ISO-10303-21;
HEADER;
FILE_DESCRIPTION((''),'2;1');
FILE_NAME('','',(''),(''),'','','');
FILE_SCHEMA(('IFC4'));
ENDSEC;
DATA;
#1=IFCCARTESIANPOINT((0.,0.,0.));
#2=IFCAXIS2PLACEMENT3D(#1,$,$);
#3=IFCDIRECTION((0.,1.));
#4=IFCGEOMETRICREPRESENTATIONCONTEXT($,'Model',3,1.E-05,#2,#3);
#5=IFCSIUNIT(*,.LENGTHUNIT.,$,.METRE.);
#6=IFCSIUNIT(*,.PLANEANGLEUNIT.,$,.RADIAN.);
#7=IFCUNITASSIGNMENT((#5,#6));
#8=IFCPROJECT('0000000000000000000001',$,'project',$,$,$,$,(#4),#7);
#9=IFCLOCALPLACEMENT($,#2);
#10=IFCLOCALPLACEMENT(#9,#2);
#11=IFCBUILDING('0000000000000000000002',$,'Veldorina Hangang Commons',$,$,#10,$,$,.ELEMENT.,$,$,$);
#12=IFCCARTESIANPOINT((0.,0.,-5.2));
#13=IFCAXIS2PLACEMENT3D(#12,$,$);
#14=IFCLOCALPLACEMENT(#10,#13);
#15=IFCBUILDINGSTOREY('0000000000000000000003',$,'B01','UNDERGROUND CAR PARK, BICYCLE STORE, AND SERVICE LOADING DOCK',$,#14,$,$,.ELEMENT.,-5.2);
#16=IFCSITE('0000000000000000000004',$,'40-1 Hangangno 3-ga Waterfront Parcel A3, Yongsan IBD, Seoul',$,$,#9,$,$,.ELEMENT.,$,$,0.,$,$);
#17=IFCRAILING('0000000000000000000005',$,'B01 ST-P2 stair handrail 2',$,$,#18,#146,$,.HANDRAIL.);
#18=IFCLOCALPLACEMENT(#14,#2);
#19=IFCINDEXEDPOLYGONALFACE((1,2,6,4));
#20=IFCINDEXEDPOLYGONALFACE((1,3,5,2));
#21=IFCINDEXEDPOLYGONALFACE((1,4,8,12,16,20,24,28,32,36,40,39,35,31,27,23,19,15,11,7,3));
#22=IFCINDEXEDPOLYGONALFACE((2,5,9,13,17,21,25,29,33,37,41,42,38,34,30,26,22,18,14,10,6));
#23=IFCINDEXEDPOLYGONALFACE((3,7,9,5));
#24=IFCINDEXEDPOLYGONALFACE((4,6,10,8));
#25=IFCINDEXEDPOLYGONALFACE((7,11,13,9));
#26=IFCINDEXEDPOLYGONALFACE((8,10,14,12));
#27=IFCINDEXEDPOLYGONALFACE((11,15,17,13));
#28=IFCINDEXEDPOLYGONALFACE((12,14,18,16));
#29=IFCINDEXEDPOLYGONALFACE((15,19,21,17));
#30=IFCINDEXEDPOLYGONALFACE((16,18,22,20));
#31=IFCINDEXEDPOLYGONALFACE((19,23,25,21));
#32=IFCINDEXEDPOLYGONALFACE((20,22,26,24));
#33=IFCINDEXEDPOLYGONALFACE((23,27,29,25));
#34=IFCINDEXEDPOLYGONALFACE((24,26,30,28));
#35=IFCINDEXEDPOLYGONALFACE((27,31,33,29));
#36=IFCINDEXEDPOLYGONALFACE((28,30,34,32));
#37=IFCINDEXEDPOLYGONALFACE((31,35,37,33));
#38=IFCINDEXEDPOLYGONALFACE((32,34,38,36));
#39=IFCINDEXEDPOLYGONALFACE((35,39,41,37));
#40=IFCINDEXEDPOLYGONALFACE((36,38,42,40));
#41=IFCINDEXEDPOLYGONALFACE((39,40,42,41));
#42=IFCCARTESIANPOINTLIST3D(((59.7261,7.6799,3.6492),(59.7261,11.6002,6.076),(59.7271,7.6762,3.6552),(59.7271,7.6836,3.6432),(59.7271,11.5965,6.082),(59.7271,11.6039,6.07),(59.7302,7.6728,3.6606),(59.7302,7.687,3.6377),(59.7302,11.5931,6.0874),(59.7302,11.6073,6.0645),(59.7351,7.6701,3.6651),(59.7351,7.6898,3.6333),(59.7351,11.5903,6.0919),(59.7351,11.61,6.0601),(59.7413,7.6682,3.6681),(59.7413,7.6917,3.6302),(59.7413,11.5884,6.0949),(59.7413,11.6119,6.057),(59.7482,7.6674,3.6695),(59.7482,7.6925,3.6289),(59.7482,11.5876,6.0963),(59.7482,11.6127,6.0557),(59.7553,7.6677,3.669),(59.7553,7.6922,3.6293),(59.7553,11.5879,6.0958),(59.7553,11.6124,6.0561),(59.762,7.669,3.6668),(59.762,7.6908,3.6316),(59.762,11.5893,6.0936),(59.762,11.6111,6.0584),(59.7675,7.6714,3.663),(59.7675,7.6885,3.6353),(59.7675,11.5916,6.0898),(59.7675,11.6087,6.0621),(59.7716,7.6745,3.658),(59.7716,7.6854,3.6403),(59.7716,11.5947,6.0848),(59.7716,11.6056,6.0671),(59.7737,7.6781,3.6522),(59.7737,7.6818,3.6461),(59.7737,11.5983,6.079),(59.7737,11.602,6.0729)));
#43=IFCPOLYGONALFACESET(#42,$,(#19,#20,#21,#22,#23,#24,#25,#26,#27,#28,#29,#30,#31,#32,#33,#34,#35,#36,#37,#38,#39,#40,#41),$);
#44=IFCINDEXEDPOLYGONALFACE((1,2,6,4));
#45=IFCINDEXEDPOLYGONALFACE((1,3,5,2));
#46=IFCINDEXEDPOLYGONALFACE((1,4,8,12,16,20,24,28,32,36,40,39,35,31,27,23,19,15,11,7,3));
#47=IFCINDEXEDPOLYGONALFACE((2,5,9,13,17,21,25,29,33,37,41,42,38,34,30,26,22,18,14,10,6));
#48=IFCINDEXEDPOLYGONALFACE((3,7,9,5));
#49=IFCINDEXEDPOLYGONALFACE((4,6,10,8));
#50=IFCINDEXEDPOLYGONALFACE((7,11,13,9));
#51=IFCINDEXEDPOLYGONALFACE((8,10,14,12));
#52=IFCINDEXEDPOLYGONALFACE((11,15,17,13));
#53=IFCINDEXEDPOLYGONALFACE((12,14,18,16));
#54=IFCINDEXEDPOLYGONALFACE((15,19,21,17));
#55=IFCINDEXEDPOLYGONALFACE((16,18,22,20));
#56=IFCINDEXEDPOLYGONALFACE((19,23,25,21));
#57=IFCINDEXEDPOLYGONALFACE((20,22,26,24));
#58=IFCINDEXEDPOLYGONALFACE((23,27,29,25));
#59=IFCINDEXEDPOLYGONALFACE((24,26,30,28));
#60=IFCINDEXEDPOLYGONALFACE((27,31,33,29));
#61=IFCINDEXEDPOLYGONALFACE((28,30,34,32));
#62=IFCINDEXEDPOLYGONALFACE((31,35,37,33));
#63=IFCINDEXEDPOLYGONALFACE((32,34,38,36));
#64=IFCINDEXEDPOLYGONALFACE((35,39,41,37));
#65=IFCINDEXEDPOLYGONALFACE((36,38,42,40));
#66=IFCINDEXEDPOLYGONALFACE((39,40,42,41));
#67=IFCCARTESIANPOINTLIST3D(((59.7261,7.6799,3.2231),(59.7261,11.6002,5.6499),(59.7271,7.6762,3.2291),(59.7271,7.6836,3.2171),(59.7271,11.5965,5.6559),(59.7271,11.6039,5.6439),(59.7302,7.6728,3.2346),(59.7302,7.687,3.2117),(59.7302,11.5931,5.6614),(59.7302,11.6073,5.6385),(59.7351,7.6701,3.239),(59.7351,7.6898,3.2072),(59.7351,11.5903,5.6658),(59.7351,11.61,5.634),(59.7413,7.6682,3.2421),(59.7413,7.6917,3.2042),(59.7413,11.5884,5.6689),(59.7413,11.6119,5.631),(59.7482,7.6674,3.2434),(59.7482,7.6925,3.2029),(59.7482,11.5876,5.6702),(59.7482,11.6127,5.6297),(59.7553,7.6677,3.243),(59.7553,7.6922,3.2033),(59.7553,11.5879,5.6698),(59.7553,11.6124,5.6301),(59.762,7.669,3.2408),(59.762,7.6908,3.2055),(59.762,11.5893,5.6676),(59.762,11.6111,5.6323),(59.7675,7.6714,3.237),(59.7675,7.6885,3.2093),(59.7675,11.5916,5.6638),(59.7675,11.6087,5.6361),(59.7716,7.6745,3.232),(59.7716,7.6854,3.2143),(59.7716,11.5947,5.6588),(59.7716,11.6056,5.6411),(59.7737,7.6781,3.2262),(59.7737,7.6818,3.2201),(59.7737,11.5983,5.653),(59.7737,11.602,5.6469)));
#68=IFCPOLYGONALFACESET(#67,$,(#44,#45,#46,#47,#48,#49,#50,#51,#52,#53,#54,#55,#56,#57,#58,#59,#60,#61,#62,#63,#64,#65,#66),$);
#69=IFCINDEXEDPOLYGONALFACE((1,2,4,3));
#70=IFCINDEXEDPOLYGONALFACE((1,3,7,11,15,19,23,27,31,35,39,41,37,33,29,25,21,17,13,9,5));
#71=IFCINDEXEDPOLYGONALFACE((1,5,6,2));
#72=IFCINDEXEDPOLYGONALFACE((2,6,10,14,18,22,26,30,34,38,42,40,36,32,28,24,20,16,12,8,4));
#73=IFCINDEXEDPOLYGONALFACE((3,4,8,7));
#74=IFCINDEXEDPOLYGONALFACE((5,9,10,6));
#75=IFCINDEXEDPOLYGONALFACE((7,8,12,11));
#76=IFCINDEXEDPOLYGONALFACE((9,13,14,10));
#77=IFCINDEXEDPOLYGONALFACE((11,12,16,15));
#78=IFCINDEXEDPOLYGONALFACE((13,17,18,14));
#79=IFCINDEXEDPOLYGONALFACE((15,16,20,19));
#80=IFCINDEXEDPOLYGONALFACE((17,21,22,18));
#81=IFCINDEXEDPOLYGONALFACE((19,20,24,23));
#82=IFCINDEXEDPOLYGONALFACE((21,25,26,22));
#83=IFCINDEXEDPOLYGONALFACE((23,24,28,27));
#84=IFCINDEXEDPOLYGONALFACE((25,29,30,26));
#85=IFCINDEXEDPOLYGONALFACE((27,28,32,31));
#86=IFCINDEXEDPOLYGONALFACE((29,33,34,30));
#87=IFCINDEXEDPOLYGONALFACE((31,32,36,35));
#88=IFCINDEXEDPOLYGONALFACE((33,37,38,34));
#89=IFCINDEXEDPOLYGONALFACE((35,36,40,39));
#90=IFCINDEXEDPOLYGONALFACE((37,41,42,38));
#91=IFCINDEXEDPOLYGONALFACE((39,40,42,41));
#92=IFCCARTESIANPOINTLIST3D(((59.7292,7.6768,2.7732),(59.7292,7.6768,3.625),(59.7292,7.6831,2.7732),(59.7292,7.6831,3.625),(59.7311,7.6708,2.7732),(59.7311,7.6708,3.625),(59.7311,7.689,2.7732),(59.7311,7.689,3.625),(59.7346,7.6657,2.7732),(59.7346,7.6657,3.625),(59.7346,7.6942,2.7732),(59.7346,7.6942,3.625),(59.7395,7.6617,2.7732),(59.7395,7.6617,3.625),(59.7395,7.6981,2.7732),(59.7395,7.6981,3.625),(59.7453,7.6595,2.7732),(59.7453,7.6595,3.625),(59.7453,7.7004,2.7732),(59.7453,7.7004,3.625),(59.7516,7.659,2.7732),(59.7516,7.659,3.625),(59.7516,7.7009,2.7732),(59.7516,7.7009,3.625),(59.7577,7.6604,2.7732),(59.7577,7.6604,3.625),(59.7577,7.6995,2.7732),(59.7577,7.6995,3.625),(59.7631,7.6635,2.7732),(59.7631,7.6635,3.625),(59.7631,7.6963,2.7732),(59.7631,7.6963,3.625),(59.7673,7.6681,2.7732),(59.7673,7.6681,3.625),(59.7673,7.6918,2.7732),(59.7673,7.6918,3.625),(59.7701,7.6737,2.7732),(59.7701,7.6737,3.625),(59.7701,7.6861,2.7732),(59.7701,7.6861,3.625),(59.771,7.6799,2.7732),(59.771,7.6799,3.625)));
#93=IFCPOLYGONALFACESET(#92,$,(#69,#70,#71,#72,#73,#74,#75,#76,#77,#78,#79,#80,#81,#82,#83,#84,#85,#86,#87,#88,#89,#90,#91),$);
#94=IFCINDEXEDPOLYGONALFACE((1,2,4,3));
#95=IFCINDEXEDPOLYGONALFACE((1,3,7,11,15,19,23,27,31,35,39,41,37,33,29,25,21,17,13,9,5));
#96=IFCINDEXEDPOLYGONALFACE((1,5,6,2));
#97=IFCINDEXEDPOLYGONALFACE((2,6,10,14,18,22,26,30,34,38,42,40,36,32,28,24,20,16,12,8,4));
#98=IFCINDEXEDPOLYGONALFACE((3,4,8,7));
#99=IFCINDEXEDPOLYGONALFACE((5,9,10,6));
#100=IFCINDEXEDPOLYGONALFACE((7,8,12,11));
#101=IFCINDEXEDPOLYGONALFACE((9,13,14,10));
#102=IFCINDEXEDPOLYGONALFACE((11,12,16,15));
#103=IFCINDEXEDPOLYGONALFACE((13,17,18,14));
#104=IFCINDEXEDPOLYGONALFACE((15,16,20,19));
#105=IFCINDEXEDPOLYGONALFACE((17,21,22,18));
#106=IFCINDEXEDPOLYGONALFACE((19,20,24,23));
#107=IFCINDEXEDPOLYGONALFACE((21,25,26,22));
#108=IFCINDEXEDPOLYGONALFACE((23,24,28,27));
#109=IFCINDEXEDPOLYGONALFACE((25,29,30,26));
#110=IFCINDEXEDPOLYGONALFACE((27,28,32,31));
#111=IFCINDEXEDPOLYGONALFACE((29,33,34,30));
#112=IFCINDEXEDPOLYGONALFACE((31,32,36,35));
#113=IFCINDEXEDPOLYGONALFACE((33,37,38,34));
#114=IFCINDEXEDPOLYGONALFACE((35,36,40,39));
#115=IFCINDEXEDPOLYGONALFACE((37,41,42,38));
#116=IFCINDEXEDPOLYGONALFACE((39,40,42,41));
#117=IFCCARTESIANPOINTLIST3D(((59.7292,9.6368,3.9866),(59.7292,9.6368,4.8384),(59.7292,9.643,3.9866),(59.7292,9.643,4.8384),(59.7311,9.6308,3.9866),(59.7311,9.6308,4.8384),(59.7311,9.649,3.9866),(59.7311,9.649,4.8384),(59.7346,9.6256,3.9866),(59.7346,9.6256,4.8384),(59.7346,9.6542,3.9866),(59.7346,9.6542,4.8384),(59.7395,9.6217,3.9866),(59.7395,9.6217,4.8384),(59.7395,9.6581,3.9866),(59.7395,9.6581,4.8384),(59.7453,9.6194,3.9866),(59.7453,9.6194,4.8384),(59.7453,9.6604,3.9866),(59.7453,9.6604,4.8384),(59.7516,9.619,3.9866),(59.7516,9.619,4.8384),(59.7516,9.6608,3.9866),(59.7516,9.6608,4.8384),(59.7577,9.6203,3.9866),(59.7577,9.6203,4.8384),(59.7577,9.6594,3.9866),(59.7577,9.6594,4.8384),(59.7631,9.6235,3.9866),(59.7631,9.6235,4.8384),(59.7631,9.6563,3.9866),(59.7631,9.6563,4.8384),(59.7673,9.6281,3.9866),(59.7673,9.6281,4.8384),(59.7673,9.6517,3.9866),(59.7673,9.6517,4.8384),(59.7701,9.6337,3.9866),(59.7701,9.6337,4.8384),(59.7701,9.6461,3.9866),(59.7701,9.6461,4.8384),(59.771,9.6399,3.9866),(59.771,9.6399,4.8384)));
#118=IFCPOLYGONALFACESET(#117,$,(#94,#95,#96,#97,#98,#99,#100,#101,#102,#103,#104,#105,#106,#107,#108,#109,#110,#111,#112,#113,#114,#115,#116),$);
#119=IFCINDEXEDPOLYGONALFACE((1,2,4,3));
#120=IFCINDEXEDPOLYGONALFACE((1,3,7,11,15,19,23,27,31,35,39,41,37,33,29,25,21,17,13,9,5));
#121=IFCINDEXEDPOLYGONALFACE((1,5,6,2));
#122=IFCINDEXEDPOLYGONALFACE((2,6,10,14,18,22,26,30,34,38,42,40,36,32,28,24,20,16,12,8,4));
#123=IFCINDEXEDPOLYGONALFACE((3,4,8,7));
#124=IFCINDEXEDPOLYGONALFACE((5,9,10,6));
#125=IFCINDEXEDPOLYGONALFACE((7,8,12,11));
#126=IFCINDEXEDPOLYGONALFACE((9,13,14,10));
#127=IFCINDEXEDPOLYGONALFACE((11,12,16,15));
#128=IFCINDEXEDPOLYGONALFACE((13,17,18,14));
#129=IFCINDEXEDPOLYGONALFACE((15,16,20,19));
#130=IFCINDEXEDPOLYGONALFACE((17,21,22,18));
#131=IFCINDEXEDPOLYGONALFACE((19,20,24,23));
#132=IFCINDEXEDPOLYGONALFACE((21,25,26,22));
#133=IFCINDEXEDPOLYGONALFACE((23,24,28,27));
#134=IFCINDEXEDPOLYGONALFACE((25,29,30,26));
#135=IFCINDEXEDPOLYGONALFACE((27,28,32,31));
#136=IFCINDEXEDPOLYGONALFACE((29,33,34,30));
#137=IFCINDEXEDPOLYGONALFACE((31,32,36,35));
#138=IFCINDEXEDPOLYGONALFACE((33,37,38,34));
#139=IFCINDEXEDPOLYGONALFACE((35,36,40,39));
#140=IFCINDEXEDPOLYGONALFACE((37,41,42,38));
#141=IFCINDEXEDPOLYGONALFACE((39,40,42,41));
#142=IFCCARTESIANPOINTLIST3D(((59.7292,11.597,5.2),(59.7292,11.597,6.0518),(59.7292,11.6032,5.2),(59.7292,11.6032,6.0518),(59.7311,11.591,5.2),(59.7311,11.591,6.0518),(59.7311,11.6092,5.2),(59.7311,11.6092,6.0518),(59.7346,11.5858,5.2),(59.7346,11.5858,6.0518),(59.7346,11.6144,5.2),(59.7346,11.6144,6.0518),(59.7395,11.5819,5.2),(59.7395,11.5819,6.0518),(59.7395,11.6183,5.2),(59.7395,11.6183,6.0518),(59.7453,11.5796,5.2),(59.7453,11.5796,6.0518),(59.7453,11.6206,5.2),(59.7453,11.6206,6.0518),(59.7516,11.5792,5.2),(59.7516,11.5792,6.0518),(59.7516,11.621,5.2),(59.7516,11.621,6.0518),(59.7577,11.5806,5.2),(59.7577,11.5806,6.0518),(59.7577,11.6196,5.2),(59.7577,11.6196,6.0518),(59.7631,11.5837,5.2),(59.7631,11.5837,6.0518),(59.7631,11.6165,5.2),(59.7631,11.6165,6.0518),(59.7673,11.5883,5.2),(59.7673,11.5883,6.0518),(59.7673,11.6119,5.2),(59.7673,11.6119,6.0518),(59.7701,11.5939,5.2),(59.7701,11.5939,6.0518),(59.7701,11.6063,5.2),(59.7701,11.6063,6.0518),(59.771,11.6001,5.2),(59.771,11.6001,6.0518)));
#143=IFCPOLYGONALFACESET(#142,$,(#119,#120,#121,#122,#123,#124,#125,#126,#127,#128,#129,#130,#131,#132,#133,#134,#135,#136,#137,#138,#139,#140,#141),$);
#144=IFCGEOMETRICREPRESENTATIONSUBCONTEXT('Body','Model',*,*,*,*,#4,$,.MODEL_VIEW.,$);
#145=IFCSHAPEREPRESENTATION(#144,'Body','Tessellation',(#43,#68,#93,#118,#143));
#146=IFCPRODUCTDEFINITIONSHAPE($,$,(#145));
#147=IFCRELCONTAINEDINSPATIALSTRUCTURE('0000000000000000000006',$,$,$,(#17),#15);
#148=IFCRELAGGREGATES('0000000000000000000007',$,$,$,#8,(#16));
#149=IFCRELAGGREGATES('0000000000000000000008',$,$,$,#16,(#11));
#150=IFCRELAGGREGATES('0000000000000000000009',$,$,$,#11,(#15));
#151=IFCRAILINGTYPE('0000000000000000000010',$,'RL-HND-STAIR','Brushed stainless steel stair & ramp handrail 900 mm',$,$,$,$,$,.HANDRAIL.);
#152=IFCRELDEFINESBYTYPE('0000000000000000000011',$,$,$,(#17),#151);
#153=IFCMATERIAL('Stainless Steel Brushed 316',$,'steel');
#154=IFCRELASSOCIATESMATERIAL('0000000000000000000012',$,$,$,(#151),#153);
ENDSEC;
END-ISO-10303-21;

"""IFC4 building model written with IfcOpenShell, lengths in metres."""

from ifc_helpers import new_model, si_unit, direction, frame, origin, origin_2d, place, context, subcontext, project, spatial, circle, extrude, material, type_object, element, save


model = new_model("IFC4")

# Units and contexts
model_context = context("Model", 3, precision=1e-05, world=origin(), true_north=direction((0.0, 1.0)))
body_context = subcontext(model_context, "Body", "Model", "MODEL_VIEW")
ifc_project = project(units=[si_unit("LENGTHUNIT", "METRE"), si_unit("PLANEANGLEUNIT", "RADIAN")], contexts=[model_context])

# Site, building, storey
site_placement = place(None, origin())
site = spatial("IfcSite", under=ifc_project, at=site_placement, Name="40-1 Hangangno 3-ga Waterfront Parcel A3, Yongsan IBD, Seoul", CompositionType="ELEMENT", RefElevation=0.0)
building_placement = place(site_placement, origin())
building = spatial("IfcBuilding", under=site, at=building_placement, Name="Veldorina Hangang Commons", CompositionType="ELEMENT")
storey_placement = place(building_placement, frame((0.0, 0.0, -5.2)))
storey = spatial("IfcBuildingStorey", under=building, at=storey_placement, Name="B01", Description="UNDERGROUND CAR PARK, BICYCLE STORE, AND SERVICE LOADING DOCK", CompositionType="ELEMENT", Elevation=-5.2)

# Railing
ifc_material_1 = material(Name="Stainless Steel Brushed 316", Category="steel")
railing_type_1 = type_object("IfcRailingType", Name="RL-HND-STAIR", Description="Brushed stainless steel stair & ramp handrail 900 mm", PredefinedType="HANDRAIL", material=ifc_material_1)
railing_1_placement = place(storey_placement, frame((59.75, 7.6799, 2.7732)))
element("IfcRailing", 1, at=railing_1_placement, inside=storey, type_object=railing_type_1, Name="B01 ST-P2 stair handrail 2", PredefinedType="HANDRAIL", context=body_context, shape_type="SweptSolid", body=[
    extrude(circle(Radius=0.0239, at=origin_2d()), frame((0.0, 0.0, 0.876), z_axis=(0.0, 0.850266, 0.526353), x_axis=(-1.0, 0.0, 0.0)), (0.0, 0.0, 1.0), 4.6106),
    extrude(circle(Radius=0.0239, at=origin_2d()), frame((0.0, 0.0, 0.45), z_axis=(0.0, 0.850266, 0.526353), x_axis=(-1.0, 0.0, 0.0)), (0.0, 0.0, 1.0), 4.6106),
    extrude(circle(Radius=0.021, at=origin_2d()), origin(), (0.0, 0.0, 1.0), 0.8518),
    extrude(circle(Radius=0.021, at=origin_2d()), frame((0.0, 1.96, 1.2134)), (0.0, 0.0, 1.0), 0.8518),
    extrude(circle(Radius=0.021, at=origin_2d()), frame((0.0, 3.9202, 2.4268)), (0.0, 0.0, 1.0), 0.8518),
])

save(model, "model.ifc")
